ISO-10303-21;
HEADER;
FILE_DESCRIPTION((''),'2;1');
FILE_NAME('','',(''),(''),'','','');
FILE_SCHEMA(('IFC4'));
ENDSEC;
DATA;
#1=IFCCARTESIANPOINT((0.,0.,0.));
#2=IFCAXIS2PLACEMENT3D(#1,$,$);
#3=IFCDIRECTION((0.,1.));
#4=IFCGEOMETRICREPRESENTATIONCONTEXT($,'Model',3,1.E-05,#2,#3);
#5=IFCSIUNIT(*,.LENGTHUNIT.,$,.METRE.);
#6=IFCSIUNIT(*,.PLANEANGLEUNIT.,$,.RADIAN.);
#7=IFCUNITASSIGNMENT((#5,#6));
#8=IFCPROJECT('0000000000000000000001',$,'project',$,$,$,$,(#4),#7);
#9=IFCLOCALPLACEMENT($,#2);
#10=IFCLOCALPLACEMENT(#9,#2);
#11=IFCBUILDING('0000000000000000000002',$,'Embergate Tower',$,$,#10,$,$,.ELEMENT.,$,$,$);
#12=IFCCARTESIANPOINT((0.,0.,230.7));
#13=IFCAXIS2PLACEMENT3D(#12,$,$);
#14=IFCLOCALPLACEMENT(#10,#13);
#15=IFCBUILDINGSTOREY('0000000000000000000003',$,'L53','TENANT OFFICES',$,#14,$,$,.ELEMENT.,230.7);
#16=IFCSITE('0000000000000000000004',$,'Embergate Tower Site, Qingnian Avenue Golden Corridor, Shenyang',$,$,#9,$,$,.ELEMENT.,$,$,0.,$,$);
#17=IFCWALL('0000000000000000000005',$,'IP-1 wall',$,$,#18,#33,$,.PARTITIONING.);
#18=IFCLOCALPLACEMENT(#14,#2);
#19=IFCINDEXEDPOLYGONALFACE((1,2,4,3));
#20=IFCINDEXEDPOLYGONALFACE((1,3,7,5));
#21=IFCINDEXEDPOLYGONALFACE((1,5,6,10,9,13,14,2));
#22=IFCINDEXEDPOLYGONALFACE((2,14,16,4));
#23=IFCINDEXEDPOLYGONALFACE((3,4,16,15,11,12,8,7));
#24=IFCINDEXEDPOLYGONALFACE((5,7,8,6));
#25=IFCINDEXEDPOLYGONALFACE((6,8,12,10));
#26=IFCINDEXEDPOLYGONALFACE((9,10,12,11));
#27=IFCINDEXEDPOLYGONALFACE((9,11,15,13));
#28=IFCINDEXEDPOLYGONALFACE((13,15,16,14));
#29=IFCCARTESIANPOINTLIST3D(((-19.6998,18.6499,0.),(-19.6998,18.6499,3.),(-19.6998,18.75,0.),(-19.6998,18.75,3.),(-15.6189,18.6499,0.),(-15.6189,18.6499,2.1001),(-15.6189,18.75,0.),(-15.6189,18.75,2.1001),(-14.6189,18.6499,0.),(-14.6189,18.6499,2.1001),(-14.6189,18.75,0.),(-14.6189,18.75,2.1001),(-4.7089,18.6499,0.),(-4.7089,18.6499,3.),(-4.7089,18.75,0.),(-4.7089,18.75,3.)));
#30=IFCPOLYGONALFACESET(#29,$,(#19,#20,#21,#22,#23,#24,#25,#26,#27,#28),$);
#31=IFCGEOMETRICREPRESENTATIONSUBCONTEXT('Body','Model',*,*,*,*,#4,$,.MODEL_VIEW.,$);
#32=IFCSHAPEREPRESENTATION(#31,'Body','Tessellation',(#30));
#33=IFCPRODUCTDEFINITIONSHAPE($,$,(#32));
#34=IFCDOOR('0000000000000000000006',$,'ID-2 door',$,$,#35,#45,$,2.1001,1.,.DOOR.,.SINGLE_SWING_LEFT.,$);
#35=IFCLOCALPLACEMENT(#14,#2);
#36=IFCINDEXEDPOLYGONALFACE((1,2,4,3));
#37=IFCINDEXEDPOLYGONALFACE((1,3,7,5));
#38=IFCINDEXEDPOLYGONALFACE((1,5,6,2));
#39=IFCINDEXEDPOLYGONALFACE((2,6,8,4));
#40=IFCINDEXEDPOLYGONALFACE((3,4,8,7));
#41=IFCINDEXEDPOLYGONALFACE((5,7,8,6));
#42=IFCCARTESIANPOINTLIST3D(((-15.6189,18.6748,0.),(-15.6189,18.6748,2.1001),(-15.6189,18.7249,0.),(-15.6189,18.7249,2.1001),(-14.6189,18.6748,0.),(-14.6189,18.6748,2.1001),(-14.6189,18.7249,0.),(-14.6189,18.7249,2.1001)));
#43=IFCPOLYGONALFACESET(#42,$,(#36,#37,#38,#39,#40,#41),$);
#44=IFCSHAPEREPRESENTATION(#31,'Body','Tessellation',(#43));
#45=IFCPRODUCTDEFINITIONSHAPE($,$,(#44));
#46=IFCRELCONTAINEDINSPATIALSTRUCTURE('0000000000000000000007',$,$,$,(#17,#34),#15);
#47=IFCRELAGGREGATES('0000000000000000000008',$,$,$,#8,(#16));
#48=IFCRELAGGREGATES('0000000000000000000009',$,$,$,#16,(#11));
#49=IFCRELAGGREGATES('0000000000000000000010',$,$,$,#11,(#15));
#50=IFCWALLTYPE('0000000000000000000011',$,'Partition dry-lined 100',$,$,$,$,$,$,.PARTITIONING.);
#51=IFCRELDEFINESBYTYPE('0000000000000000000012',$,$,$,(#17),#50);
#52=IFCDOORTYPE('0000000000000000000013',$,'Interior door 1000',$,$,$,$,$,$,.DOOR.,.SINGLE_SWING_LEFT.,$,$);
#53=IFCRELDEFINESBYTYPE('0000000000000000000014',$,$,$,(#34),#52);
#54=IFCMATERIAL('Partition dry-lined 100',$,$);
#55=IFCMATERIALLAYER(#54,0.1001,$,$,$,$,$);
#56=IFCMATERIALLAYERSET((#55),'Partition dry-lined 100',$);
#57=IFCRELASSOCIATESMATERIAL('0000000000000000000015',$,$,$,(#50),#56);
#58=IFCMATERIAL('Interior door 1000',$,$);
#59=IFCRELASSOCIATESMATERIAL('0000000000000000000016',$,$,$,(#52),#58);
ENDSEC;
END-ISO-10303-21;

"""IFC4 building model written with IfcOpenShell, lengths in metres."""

from ifc_helpers import new_model, si_unit, direction, frame, frame_2d, origin, place, context, subcontext, project, spatial, rectangle, extrude, source, transform, mapped, material, layer, layer_set, type_object, element, fill, save


model = new_model("IFC4")

# Units and contexts
model_context = context("Model", 3, precision=1e-05, world=origin(), true_north=direction((0.0, 1.0)))
body_context = subcontext(model_context, "Body", "Model", "MODEL_VIEW")
ifc_project = project(units=[si_unit("LENGTHUNIT", "METRE"), si_unit("PLANEANGLEUNIT", "RADIAN")], contexts=[model_context])

# Site, building, storey
site_placement = place(None, origin())
site = spatial("IfcSite", under=ifc_project, at=site_placement, Name="Embergate Tower Site, Qingnian Avenue Golden Corridor, Shenyang", CompositionType="ELEMENT", RefElevation=0.0)
building_placement = place(site_placement, origin())
building = spatial("IfcBuilding", under=site, at=building_placement, Name="Embergate Tower", CompositionType="ELEMENT")
storey_placement = place(building_placement, frame((0.0, 0.0, 230.7)))
storey = spatial("IfcBuildingStorey", under=building, at=storey_placement, Name="L53", Description="TENANT OFFICES", CompositionType="ELEMENT", Elevation=230.7)

# Wall, opening, door
ifc_material_1 = material(Name="Partition dry-lined 100")
ifc_layer_1 = layer(ifc_material_1, 0.1001)
ifc_layer_set_1 = layer_set([ifc_layer_1], Name="Partition dry-lined 100")
wall_type = type_object("IfcWallType", Name="Partition dry-lined 100", PredefinedType="PARTITIONING", material=ifc_layer_set_1)
shared_shape_1 = source(origin(), body_context, "Body", "SweptSolid", [
    extrude(rectangle(XDim=14.991, YDim=0.1001, at=frame_2d((7.4956, 0.0))), origin(), (0.0, 0.0, 1.0), 3.0),
])
wall_placement = place(storey_placement, frame((-19.7, 18.7, 0.0), z_axis=(0.0, 0.0, 1.0), x_axis=(1.0, 0.0, 0.0)))
wall = element("IfcWall", 1, at=wall_placement, inside=storey, type_object=wall_type, Name="IP-1 wall", PredefinedType="PARTITIONING", context=body_context, shape_type="MappedRepresentation", body=[
    mapped(shared_shape_1, transform((0.0, 0.0, 0.0))),
])
shared_shape_2 = source(origin(), body_context, "Body", "SweptSolid", [
    extrude(rectangle(XDim=1.0, YDim=2.1001, at=frame_2d((0.5, 1.05))), frame((0.0, 0.0601, 0.0), z_axis=(0.0, -1.0, 0.0), x_axis=(1.0, 0.0, 0.0)), (0.0, 0.0, 1.0), 0.1201),
])
opening_placement = place(wall_placement, frame((4.0811, 0.0, 0.0)))
opening = element("IfcOpeningElement", 2, at=opening_placement, cuts=wall, PredefinedType="OPENING", context=body_context, shape_type="MappedRepresentation", body=[
    mapped(shared_shape_2, transform((0.0, 0.0, 0.0))),
])
ifc_material_2 = material(Name="Interior door 1000")
door_type = type_object("IfcDoorType", Name="Interior door 1000", OperationType="SINGLE_SWING_LEFT", PredefinedType="DOOR", material=ifc_material_2)
shared_shape_3 = source(origin(), body_context, "Body", "SweptSolid", [
    extrude(rectangle(XDim=1.0, YDim=2.1001, at=frame_2d((0.5, 1.05))), frame((0.0, 0.0249, 0.0), z_axis=(0.0, -1.0, 0.0), x_axis=(1.0, 0.0, 0.0)), (0.0, 0.0, 1.0), 0.05),
])
door_placement = place(opening_placement, origin())
door = element("IfcDoor", 3, at=door_placement, inside=storey, type_object=door_type, Name="ID-2 door", OperationType="SINGLE_SWING_LEFT", OverallHeight=2.1001, OverallWidth=1.0, PredefinedType="DOOR", context=body_context, shape_type="MappedRepresentation", body=[
    mapped(shared_shape_3, transform((0.0, 0.0, 0.0))),
])
fill(opening, door)

save(model, "model.ifc")
